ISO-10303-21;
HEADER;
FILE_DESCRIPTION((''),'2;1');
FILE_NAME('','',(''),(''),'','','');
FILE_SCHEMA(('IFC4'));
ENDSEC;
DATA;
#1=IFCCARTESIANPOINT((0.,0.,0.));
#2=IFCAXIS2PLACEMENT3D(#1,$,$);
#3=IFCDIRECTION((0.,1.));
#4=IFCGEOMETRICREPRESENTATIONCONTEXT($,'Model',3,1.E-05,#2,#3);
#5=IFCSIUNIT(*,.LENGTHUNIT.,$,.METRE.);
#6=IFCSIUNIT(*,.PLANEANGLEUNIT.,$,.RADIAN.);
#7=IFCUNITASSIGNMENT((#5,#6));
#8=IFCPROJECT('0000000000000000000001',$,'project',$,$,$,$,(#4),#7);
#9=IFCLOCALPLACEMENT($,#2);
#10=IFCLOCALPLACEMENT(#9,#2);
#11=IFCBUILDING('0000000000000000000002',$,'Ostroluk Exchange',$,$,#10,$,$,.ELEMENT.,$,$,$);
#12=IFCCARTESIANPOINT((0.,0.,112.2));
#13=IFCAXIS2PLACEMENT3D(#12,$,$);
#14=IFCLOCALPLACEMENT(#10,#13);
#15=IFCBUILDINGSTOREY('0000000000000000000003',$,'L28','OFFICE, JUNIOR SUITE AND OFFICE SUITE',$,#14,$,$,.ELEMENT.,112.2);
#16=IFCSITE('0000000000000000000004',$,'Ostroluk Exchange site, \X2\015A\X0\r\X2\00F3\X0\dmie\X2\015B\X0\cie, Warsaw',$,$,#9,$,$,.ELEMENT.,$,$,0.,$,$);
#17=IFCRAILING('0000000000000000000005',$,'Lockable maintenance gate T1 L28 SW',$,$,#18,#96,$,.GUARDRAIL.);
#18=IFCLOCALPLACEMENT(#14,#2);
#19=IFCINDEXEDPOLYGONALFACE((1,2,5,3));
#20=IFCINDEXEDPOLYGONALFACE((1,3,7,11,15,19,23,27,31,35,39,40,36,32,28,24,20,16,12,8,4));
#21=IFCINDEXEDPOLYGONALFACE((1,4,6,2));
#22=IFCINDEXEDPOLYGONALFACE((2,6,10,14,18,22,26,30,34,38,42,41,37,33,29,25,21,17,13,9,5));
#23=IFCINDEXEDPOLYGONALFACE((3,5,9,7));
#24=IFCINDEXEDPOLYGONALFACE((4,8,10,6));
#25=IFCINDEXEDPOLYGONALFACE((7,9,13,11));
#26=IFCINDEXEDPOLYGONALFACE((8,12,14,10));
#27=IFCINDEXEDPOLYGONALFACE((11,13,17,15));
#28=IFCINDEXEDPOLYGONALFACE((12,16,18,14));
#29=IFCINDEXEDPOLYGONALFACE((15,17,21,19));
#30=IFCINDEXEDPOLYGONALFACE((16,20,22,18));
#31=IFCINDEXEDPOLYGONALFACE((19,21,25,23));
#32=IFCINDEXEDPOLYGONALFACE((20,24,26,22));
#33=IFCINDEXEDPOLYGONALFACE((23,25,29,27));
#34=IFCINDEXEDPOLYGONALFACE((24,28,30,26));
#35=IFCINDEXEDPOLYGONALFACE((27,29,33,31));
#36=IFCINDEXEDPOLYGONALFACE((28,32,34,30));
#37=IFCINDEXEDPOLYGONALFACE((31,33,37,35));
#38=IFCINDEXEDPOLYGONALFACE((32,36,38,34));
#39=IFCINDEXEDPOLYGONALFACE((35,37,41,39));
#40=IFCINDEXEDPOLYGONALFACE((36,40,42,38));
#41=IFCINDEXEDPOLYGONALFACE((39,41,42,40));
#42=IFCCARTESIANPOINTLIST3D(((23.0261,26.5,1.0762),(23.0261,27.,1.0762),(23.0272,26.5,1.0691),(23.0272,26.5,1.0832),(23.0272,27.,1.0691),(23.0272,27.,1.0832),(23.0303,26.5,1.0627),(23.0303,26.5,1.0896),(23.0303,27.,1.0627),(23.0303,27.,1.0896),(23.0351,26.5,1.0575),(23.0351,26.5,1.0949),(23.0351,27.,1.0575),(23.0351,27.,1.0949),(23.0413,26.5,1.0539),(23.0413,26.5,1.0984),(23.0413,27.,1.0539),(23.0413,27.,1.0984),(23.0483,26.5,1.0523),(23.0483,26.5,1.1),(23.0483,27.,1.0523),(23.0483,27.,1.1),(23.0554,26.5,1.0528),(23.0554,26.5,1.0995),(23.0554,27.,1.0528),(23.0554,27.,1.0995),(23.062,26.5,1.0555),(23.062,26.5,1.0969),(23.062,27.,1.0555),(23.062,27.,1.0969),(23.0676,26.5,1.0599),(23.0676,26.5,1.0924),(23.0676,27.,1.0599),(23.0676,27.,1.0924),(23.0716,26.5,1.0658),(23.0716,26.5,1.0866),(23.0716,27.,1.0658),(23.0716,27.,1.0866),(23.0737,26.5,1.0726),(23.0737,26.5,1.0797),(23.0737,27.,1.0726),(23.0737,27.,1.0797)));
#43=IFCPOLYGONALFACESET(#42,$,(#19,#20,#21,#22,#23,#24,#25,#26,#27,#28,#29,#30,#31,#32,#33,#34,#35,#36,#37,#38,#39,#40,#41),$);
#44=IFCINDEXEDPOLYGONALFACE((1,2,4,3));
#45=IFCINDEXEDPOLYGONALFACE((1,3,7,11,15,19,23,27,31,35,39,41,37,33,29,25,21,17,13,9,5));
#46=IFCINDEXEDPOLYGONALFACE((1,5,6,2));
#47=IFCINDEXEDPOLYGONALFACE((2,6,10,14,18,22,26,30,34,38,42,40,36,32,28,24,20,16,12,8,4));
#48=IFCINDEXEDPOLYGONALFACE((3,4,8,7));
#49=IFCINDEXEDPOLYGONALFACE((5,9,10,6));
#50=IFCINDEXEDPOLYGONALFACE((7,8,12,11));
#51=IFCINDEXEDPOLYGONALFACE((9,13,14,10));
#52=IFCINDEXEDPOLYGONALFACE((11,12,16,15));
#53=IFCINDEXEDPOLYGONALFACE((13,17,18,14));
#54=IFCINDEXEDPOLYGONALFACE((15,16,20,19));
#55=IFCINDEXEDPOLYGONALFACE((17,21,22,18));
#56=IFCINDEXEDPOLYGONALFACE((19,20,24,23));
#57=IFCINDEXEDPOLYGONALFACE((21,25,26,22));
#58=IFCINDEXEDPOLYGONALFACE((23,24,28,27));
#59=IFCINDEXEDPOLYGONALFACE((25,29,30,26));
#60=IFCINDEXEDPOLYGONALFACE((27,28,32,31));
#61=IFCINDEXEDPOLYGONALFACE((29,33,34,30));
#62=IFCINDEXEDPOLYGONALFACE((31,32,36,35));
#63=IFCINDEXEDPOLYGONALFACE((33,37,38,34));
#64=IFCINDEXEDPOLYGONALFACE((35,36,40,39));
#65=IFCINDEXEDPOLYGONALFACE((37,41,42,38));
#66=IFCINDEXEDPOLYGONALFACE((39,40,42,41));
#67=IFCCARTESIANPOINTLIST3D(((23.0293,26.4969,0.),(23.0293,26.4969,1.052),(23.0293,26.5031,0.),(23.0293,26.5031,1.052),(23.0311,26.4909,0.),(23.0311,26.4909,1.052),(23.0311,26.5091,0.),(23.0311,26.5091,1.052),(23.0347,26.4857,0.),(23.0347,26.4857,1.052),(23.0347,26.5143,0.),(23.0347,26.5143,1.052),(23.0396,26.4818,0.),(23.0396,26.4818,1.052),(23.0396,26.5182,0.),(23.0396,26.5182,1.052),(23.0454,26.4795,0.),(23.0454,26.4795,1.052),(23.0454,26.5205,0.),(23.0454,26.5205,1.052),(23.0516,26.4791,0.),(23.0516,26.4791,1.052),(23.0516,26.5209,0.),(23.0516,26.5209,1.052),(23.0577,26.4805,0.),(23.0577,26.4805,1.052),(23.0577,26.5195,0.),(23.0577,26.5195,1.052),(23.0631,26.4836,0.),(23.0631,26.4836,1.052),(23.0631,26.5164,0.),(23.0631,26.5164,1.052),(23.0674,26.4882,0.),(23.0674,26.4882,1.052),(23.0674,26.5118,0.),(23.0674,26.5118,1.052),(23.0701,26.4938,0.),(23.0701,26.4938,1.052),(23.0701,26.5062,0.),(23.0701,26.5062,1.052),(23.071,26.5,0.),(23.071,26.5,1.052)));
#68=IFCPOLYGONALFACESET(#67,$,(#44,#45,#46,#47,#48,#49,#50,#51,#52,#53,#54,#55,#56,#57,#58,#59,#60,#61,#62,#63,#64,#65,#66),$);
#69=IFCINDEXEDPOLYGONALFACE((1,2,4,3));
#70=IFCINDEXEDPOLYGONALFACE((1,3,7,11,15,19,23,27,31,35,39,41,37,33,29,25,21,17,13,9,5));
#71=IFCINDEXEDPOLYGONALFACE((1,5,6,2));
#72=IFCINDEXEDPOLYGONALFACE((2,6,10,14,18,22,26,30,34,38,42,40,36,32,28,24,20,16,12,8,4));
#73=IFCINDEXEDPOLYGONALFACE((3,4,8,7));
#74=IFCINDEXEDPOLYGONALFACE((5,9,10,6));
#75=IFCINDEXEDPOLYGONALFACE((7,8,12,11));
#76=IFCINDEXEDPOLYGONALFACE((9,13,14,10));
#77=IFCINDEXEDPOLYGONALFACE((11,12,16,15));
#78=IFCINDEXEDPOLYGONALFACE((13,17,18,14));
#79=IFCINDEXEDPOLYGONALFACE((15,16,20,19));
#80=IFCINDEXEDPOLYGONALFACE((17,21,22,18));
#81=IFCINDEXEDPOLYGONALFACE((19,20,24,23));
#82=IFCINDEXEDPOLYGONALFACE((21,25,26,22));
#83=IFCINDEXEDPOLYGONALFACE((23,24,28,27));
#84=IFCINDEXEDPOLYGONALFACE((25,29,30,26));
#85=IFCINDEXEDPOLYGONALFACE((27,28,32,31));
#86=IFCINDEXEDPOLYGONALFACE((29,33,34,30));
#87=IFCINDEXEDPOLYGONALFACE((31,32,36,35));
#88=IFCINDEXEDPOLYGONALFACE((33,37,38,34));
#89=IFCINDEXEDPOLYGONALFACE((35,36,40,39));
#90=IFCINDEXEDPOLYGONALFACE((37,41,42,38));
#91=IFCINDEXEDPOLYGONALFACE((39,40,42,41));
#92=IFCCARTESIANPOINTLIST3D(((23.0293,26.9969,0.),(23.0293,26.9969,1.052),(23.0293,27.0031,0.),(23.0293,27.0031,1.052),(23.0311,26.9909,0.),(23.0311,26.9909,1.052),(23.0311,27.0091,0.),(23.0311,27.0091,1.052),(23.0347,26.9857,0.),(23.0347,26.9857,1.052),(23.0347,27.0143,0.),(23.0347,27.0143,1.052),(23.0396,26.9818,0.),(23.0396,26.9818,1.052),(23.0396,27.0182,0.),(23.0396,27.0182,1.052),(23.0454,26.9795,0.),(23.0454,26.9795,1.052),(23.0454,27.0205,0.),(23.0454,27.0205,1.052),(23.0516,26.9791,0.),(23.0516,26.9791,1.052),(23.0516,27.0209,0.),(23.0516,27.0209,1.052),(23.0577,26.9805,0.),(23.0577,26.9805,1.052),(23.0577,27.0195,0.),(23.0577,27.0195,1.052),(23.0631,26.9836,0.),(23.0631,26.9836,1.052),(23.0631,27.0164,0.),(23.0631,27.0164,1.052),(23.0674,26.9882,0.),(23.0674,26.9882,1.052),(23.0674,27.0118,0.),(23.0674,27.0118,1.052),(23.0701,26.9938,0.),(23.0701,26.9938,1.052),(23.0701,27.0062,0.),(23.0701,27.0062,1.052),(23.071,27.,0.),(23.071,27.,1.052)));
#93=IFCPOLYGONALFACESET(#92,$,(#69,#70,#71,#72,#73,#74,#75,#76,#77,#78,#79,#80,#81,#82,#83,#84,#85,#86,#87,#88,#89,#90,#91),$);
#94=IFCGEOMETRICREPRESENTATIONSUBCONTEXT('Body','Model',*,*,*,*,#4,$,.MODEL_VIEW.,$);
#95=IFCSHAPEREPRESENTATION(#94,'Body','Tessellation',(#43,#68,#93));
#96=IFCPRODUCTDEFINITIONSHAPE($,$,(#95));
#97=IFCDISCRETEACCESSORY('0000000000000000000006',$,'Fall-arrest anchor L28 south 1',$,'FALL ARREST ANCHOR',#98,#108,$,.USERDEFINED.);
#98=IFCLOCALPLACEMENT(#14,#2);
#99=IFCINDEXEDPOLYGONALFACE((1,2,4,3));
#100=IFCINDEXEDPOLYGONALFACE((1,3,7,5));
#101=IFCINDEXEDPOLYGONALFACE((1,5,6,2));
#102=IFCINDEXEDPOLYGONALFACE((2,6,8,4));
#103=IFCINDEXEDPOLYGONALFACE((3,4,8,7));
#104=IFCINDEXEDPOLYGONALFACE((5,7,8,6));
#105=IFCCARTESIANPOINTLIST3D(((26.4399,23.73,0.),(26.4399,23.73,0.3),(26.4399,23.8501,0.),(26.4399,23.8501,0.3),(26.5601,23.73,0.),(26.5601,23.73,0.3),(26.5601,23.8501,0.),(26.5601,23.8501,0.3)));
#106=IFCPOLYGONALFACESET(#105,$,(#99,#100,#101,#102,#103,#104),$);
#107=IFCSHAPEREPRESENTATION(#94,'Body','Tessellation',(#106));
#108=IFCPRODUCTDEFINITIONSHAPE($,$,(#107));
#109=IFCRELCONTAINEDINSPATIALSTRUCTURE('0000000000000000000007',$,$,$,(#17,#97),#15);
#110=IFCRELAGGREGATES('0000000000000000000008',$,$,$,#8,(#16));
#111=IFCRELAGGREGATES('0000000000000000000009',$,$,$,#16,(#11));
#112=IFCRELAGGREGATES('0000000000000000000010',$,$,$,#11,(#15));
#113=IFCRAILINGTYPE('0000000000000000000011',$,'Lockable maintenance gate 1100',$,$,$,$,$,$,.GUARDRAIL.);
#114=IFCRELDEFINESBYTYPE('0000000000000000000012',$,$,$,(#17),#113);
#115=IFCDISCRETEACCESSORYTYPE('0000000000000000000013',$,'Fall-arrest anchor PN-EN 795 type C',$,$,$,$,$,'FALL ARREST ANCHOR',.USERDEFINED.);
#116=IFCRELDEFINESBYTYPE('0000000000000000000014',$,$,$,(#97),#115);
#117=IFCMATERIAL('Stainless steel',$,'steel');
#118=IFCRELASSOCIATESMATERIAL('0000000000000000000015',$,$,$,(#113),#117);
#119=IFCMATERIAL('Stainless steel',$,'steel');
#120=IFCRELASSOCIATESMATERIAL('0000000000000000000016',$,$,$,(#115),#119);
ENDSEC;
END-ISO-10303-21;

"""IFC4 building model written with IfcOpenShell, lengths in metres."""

from ifc_helpers import new_model, si_unit, direction, frame, origin, origin_2d, place, context, subcontext, project, spatial, rectangle, circle, extrude, material, type_object, element, save


model = new_model("IFC4")

# Units and contexts
model_context = context("Model", 3, precision=1e-05, world=origin(), true_north=direction((0.0, 1.0)))
body_context = subcontext(model_context, "Body", "Model", "MODEL_VIEW")
ifc_project = project(units=[si_unit("LENGTHUNIT", "METRE"), si_unit("PLANEANGLEUNIT", "RADIAN")], contexts=[model_context])

# Site, building, storey
site_placement = place(None, origin())
site = spatial("IfcSite", under=ifc_project, at=site_placement, Name="Ostroluk Exchange site, Śródmieście, Warsaw", CompositionType="ELEMENT", RefElevation=0.0)
building_placement = place(site_placement, origin())
building = spatial("IfcBuilding", under=site, at=building_placement, Name="Ostroluk Exchange", CompositionType="ELEMENT")
storey_placement = place(building_placement, frame((0.0, 0.0, 112.2)))
storey = spatial("IfcBuildingStorey", under=building, at=storey_placement, Name="L28", Description="OFFICE, JUNIOR SUITE AND OFFICE SUITE", CompositionType="ELEMENT", Elevation=112.2)

# Railing
ifc_material_1 = material(Name="Stainless steel", Category="steel")
railing_type_1 = type_object("IfcRailingType", Name="Lockable maintenance gate 1100", PredefinedType="GUARDRAIL", material=ifc_material_1)
railing_1_placement = place(storey_placement, frame((23.05, 26.5, 0.0)))
element("IfcRailing", 1, at=railing_1_placement, inside=storey, type_object=railing_type_1, Name="Lockable maintenance gate T1 L28 SW", PredefinedType="GUARDRAIL", context=body_context, shape_type="SweptSolid", body=[
    extrude(circle(Radius=0.0239, at=origin_2d()), frame((0.0, 0.0, 1.0762), z_axis=(0.0, 1.0, 0.0), x_axis=(-1.0, 0.0, 0.0)), (0.0, 0.0, 1.0), 0.5),
    extrude(circle(Radius=0.021, at=origin_2d()), origin(), (0.0, 0.0, 1.0), 1.052),
    extrude(circle(Radius=0.021, at=origin_2d()), frame((0.0, 0.5, 0.0)), (0.0, 0.0, 1.0), 1.052),
])

# Discrete accessory
ifc_material_2 = material(Name="Stainless steel", Category="steel")
discrete_accessory_type = type_object("IfcDiscreteAccessoryType", Name="Fall-arrest anchor PN-EN 795 type C", ElementType="FALL ARREST ANCHOR", PredefinedType="USERDEFINED", material=ifc_material_2)
discrete_accessory_placement = place(storey_placement, frame((26.5, 23.79, 0.0), z_axis=(0.0, 0.0, 1.0), x_axis=(1.0, 0.0, 0.0)))
element("IfcDiscreteAccessory", 2, at=discrete_accessory_placement, inside=storey, type_object=discrete_accessory_type, Name="Fall-arrest anchor L28 south 1", ObjectType="FALL ARREST ANCHOR", PredefinedType="USERDEFINED", context=body_context, shape_type="SweptSolid", body=[
    extrude(rectangle(XDim=0.1201, YDim=0.1201, at=origin_2d()), origin(), (0.0, 0.0, 1.0), 0.3),
])

save(model, "model.ifc")
